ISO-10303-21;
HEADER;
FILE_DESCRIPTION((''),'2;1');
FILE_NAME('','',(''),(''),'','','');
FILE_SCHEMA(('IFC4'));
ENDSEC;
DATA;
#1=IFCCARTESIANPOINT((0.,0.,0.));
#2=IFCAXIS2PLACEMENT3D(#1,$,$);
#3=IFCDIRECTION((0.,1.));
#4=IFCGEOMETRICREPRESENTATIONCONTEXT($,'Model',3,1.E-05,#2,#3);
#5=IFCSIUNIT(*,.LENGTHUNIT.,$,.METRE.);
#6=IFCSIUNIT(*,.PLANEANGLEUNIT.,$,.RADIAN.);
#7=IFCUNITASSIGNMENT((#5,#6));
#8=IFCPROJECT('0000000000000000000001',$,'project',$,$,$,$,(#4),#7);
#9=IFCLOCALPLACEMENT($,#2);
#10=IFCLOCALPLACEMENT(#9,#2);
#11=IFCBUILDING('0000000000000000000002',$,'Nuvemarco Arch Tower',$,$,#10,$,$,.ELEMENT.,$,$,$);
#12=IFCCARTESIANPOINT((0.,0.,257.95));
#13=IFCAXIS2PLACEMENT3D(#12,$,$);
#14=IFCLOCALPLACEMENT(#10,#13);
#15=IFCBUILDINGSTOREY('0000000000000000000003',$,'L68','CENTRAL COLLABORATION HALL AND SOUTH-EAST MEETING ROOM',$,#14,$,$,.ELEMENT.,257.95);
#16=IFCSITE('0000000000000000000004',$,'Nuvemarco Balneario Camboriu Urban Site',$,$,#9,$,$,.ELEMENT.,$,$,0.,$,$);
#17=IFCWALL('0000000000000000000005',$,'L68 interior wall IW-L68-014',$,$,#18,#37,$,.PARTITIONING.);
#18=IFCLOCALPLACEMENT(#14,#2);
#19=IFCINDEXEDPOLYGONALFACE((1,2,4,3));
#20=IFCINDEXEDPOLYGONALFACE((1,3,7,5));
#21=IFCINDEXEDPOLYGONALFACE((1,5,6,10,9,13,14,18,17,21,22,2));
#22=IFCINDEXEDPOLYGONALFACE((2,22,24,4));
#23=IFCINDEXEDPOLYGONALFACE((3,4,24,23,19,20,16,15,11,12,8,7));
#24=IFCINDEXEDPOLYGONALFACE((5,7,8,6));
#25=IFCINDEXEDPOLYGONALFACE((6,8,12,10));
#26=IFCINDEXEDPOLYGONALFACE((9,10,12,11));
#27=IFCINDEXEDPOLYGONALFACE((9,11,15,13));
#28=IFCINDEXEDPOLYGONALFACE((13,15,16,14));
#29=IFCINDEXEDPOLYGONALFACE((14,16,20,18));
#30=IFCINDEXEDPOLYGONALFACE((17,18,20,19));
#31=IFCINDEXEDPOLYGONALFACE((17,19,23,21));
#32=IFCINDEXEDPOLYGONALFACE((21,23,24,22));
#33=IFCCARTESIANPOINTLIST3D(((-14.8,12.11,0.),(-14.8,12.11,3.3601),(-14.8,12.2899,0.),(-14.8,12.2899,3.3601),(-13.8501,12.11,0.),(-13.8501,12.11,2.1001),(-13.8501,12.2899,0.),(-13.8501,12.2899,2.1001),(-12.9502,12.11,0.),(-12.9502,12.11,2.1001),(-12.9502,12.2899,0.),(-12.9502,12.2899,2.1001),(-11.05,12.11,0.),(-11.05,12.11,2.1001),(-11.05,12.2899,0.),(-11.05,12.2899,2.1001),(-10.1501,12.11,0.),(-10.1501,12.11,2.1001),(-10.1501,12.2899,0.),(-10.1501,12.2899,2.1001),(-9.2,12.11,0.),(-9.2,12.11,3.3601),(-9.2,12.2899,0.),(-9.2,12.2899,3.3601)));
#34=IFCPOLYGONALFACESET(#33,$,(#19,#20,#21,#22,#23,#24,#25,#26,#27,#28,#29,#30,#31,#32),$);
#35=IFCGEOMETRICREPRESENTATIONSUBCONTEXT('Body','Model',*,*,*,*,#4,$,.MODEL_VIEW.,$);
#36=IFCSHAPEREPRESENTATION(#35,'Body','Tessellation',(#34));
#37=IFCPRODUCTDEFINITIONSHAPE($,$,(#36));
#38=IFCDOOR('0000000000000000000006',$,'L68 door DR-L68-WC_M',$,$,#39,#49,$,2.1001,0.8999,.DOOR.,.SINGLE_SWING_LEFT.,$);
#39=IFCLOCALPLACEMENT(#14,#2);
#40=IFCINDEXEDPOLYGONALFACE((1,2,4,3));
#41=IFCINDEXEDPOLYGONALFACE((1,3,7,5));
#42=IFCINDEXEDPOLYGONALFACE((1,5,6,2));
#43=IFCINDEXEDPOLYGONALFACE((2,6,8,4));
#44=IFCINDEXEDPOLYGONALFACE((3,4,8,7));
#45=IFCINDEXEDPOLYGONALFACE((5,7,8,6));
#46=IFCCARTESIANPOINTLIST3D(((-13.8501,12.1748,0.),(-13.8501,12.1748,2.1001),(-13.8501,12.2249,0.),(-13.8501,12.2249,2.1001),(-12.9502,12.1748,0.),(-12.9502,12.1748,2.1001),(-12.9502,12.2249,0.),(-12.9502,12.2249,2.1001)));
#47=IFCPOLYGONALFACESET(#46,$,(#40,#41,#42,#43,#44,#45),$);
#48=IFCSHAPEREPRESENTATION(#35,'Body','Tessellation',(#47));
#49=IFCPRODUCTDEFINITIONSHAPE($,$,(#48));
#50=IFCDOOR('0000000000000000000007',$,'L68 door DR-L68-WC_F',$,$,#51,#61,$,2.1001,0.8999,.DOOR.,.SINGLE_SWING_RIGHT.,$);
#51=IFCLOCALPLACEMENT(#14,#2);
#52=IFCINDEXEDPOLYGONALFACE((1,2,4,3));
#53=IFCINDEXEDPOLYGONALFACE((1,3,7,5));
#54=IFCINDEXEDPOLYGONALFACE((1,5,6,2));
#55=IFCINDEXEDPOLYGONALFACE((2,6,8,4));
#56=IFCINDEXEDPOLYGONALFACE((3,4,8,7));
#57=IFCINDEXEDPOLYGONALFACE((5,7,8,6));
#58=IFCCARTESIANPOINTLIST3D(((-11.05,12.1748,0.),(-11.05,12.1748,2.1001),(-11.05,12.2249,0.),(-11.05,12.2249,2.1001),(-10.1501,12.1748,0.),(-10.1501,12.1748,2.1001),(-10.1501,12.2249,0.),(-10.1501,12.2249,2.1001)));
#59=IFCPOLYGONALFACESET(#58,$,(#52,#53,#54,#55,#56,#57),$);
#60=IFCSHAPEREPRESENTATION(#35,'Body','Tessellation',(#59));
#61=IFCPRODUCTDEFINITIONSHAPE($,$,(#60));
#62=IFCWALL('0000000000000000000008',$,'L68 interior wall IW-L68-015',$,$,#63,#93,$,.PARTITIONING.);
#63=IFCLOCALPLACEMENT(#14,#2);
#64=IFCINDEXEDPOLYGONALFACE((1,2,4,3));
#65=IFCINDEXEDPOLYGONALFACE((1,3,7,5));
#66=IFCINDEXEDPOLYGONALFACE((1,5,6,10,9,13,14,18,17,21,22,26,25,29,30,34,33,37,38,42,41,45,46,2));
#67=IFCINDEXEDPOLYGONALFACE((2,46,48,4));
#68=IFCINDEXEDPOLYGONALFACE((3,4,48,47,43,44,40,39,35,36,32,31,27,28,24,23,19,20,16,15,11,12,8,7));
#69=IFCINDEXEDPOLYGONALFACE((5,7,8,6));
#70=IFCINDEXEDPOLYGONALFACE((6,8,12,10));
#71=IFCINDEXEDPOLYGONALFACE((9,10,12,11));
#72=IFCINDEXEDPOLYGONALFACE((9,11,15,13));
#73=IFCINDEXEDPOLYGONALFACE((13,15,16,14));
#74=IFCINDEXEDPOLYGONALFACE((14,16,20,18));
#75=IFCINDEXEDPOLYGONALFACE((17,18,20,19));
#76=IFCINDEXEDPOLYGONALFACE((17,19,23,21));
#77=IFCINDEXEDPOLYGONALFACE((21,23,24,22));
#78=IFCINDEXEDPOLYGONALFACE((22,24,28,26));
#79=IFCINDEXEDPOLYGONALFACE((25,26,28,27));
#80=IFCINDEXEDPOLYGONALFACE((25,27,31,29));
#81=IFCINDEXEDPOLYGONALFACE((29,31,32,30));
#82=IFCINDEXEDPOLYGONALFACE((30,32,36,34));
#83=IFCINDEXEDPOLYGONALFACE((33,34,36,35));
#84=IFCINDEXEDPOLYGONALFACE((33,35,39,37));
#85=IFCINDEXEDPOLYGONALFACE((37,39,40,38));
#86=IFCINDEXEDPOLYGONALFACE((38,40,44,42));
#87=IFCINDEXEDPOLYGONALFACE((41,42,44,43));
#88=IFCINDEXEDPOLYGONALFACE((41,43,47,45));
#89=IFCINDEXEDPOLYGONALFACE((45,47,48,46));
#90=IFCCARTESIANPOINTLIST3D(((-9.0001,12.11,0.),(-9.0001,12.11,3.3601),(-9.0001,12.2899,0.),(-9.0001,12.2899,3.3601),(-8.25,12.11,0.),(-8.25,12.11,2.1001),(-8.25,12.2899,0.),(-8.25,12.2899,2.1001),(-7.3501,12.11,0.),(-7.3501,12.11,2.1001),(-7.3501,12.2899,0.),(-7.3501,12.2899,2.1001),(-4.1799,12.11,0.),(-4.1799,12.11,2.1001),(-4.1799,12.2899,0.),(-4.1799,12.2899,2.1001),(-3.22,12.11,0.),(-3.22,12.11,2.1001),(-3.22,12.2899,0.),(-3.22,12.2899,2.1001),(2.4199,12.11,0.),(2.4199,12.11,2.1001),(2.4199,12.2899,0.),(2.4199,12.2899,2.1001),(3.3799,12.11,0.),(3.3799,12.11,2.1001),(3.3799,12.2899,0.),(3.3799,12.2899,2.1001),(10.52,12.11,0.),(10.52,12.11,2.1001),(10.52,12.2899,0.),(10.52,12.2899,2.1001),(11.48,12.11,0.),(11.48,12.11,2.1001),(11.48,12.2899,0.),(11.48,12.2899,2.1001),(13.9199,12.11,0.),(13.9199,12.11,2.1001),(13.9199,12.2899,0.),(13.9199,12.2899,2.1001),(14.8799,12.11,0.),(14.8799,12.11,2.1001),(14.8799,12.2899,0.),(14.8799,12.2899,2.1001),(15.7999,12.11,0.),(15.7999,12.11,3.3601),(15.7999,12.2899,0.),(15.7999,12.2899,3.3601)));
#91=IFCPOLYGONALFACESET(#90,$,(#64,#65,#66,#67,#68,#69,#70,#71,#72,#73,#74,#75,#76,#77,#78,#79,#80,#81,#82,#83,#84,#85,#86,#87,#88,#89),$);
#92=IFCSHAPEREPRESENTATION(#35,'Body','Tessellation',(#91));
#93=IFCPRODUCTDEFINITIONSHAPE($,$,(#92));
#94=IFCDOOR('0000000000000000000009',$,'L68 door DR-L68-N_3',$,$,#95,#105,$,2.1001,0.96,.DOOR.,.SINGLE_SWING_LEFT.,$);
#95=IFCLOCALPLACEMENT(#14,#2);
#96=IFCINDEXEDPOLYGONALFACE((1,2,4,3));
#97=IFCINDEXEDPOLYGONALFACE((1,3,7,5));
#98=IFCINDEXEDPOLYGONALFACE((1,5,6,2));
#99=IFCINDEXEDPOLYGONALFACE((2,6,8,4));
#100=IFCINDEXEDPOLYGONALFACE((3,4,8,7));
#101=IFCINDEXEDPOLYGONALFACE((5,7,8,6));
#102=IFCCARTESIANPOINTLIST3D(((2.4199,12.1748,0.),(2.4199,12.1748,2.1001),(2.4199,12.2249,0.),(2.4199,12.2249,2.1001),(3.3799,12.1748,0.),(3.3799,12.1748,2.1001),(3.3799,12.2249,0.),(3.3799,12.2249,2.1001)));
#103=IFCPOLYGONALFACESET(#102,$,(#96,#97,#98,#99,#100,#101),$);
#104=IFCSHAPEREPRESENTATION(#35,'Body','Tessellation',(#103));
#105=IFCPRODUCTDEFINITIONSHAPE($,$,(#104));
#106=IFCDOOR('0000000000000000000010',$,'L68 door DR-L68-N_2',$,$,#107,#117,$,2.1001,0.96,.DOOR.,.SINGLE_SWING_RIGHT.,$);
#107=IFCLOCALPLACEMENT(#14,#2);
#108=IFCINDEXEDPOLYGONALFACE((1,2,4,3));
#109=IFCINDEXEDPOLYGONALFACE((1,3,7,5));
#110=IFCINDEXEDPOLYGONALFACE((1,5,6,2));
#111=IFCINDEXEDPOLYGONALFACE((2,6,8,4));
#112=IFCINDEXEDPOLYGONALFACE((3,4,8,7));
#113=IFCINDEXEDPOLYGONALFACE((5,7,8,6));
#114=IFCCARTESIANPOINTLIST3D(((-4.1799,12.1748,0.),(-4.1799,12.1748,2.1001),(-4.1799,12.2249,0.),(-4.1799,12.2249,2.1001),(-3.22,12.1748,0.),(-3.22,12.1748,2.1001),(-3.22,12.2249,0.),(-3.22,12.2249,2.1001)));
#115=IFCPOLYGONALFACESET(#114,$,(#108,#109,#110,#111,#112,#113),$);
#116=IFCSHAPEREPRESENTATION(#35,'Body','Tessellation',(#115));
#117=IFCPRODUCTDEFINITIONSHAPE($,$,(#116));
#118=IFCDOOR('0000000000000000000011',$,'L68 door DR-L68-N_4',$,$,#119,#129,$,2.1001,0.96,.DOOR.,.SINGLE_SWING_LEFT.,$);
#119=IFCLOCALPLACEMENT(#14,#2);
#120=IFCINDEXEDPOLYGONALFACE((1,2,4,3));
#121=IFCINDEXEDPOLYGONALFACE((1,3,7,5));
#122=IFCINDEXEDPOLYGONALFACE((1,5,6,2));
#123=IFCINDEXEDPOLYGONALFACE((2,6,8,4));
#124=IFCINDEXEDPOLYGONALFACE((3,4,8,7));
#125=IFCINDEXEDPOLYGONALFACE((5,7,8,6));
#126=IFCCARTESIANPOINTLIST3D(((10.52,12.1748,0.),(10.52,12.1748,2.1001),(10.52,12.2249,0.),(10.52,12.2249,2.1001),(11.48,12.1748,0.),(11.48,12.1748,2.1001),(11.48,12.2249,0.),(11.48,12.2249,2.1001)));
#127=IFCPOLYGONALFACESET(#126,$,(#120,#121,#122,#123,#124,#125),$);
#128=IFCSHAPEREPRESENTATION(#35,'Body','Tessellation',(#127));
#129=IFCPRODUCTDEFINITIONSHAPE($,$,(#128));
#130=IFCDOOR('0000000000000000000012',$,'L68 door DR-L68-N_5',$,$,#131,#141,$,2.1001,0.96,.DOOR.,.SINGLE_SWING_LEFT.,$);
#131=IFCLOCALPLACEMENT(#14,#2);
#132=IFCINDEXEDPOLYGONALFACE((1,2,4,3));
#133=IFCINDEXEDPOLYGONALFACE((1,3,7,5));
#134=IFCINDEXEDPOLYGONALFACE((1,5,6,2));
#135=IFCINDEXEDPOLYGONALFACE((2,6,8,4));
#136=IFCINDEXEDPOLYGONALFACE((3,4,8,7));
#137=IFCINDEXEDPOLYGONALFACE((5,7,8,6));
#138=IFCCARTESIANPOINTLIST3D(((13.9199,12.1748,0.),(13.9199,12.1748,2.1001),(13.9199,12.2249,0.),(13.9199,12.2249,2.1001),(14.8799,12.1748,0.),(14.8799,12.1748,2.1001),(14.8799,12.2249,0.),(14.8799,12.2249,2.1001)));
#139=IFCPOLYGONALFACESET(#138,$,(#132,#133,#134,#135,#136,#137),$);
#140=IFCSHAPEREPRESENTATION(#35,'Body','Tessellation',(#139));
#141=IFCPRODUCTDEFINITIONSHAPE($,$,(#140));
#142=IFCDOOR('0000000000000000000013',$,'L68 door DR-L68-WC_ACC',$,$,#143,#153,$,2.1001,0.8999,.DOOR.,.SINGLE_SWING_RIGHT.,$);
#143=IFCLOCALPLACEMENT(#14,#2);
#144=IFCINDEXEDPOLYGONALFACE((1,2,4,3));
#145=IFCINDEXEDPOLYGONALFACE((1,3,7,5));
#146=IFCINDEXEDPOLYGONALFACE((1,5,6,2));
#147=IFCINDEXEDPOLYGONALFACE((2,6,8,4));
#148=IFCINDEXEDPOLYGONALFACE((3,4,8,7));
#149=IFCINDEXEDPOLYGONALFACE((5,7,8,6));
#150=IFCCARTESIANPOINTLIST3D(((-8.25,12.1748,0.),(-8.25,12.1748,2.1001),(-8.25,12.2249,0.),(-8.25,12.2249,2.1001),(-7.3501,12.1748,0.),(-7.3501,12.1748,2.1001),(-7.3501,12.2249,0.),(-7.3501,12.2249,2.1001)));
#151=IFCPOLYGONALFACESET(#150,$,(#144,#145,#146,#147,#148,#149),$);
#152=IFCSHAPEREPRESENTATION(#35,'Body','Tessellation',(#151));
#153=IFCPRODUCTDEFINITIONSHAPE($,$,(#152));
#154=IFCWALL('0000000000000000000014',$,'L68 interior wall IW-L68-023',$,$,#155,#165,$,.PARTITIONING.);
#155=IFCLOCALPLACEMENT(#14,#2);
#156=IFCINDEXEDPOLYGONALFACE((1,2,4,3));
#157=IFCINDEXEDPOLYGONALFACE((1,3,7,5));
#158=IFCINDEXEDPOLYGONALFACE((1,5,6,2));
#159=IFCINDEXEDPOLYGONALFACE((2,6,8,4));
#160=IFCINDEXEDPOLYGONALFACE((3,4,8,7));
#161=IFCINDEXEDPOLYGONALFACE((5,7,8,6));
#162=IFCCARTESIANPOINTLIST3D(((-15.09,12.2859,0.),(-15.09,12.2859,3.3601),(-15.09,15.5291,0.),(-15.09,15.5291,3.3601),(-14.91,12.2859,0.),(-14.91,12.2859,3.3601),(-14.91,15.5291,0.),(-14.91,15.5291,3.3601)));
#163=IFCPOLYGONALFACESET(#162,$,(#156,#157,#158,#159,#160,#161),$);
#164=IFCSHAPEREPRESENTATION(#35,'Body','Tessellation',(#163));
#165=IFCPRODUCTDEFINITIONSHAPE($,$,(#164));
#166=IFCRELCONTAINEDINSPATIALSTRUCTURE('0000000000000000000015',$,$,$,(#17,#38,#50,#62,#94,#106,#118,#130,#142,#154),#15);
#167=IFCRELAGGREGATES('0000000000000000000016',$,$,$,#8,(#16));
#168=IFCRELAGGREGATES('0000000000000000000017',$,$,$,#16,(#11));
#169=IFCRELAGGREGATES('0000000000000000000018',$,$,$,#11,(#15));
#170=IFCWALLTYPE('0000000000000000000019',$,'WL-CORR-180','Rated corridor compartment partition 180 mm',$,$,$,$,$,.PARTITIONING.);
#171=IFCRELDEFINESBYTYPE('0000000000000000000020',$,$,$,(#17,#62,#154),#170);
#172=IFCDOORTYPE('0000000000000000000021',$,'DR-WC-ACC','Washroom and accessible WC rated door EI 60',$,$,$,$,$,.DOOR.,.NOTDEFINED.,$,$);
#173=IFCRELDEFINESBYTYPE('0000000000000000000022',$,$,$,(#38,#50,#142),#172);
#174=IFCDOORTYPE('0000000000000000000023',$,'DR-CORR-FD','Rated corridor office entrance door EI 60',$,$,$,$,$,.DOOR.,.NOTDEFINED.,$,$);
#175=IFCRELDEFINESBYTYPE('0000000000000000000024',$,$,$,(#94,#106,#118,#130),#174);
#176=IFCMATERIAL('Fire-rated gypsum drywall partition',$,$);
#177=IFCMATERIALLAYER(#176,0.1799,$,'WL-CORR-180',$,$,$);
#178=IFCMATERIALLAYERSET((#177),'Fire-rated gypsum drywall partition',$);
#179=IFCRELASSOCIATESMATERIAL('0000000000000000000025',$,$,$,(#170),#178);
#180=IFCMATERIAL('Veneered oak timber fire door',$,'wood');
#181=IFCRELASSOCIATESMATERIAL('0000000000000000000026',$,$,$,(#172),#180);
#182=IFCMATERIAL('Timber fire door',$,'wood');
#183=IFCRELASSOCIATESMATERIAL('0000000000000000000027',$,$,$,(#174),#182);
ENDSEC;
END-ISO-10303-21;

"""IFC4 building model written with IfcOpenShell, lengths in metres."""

from ifc_helpers import new_model, si_unit, direction, frame, frame_2d, origin, place, context, subcontext, project, spatial, rectangle, extrude, source, transform, mapped, material, layer, layer_set, type_object, type_shapes, element, fill, save


model = new_model("IFC4")

# Units and contexts
model_context = context("Model", 3, precision=1e-05, world=origin(), true_north=direction((0.0, 1.0)))
body_context = subcontext(model_context, "Body", "Model", "MODEL_VIEW")
ifc_project = project(units=[si_unit("LENGTHUNIT", "METRE"), si_unit("PLANEANGLEUNIT", "RADIAN")], contexts=[model_context])

# Site, building, storey
site_placement = place(None, origin())
site = spatial("IfcSite", under=ifc_project, at=site_placement, Name="Nuvemarco Balneario Camboriu Urban Site", CompositionType="ELEMENT", RefElevation=0.0)
building_placement = place(site_placement, origin())
building = spatial("IfcBuilding", under=site, at=building_placement, Name="Nuvemarco Arch Tower", CompositionType="ELEMENT")
storey_placement = place(building_placement, frame((0.0, 0.0, 257.95)))
storey = spatial("IfcBuildingStorey", under=building, at=storey_placement, Name="L68", Description="CENTRAL COLLABORATION HALL AND SOUTH-EAST MEETING ROOM", CompositionType="ELEMENT", Elevation=257.95)

# Shared definitions
ifc_material_1 = material(Name="Fire-rated gypsum drywall partition")
ifc_layer_1 = layer(ifc_material_1, 0.1799, Name="WL-CORR-180")
ifc_layer_set_1 = layer_set([ifc_layer_1], Name="Fire-rated gypsum drywall partition")
wall_type_1 = type_object("IfcWallType", Name="WL-CORR-180", Description="Rated corridor compartment partition 180 mm", PredefinedType="PARTITIONING", material=ifc_layer_set_1)

# Walls, openings, doors
wall_1_placement = place(storey_placement, frame((-14.8, 12.2, 0.0), z_axis=(0.0, 0.0, 1.0), x_axis=(1.0, 0.0, 0.0)))
wall_1 = element("IfcWall", 1, at=wall_1_placement, inside=storey, type_object=wall_type_1, Name="L68 interior wall IW-L68-014", PredefinedType="PARTITIONING", context=body_context, shape_type="SweptSolid", body=[
    extrude(rectangle(XDim=5.6001, YDim=0.1799, at=frame_2d((2.8, 0.0))), origin(), (0.0, 0.0, 1.0), 3.3601),
])
opening_1_placement = place(wall_1_placement, frame((0.95, 0.0, 0.0)))
opening_1 = element("IfcOpeningElement", 2, at=opening_1_placement, cuts=wall_1, PredefinedType="OPENING", context=body_context, shape_type="SweptSolid", body=[
    extrude(rectangle(XDim=0.8999, YDim=2.1001, at=frame_2d((0.45, 1.05))), frame((0.0, 0.0999, 0.0), z_axis=(0.0, -1.0, 0.0), x_axis=(1.0, 0.0, 0.0)), (0.0, 0.0, 1.0), 0.2),
])
opening_2_placement = place(wall_1_placement, frame((3.75, 0.0, 0.0)))
opening_2 = element("IfcOpeningElement", 3, at=opening_2_placement, cuts=wall_1, PredefinedType="OPENING", context=body_context, shape_type="SweptSolid", body=[
    extrude(rectangle(XDim=0.8999, YDim=2.1001, at=frame_2d((0.45, 1.05))), frame((0.0, 0.0999, 0.0), z_axis=(0.0, -1.0, 0.0), x_axis=(1.0, 0.0, 0.0)), (0.0, 0.0, 1.0), 0.2),
])
ifc_material_2 = material(Name="Veneered oak timber fire door", Category="wood")
door_type_1 = type_object("IfcDoorType", Name="DR-WC-ACC", Description="Washroom and accessible WC rated door EI 60", OperationType="NOTDEFINED", PredefinedType="DOOR", material=ifc_material_2)
shared_shape_1 = source(origin(), body_context, "Body", "SweptSolid", [
    extrude(rectangle(XDim=0.8999, YDim=2.1001, at=frame_2d((0.45, 1.05))), frame((0.0, 0.0249, 0.0), z_axis=(0.0, -1.0, 0.0), x_axis=(1.0, 0.0, 0.0)), (0.0, 0.0, 1.0), 0.05),
])
type_shapes(door_type_1, [shared_shape_1])
door_1_placement = place(opening_1_placement, origin())
door_1 = element("IfcDoor", 4, at=door_1_placement, inside=storey, type_object=door_type_1, Name="L68 door DR-L68-WC_M", OperationType="SINGLE_SWING_LEFT", OverallHeight=2.1001, OverallWidth=0.8999, PredefinedType="DOOR", context=body_context, shape_type="MappedRepresentation", body=[
    mapped(shared_shape_1, transform((0.0, 0.0, 0.0), scale=1.0)),
])
fill(opening_1, door_1)
door_2_placement = place(opening_2_placement, origin())
door_2 = element("IfcDoor", 5, at=door_2_placement, inside=storey, type_object=door_type_1, Name="L68 door DR-L68-WC_F", OperationType="SINGLE_SWING_RIGHT", OverallHeight=2.1001, OverallWidth=0.8999, PredefinedType="DOOR", context=body_context, shape_type="MappedRepresentation", body=[
    mapped(shared_shape_1, transform((0.0, 0.0, 0.0), scale=1.0)),
])
fill(opening_2, door_2)
wall_2_placement = place(storey_placement, frame((-9.0, 12.2, 0.0), z_axis=(0.0, 0.0, 1.0), x_axis=(1.0, 0.0, 0.0)))
wall_2 = element("IfcWall", 6, at=wall_2_placement, inside=storey, type_object=wall_type_1, Name="L68 interior wall IW-L68-015", PredefinedType="PARTITIONING", context=body_context, shape_type="SweptSolid", body=[
    extrude(rectangle(XDim=24.8, YDim=0.1799, at=frame_2d((12.3999, 0.0))), origin(), (0.0, 0.0, 1.0), 3.3601),
])
opening_3_placement = place(wall_2_placement, frame((11.4199, 0.0, 0.0)))
opening_3 = element("IfcOpeningElement", 7, at=opening_3_placement, cuts=wall_2, PredefinedType="OPENING", context=body_context, shape_type="SweptSolid", body=[
    extrude(rectangle(XDim=0.96, YDim=2.1001, at=frame_2d((0.48, 1.05))), frame((0.0, 0.0999, 0.0), z_axis=(0.0, -1.0, 0.0), x_axis=(1.0, 0.0, 0.0)), (0.0, 0.0, 1.0), 0.2),
])
opening_4_placement = place(wall_2_placement, frame((4.8201, 0.0, 0.0)))
opening_4 = element("IfcOpeningElement", 8, at=opening_4_placement, cuts=wall_2, PredefinedType="OPENING", context=body_context, shape_type="SweptSolid", body=[
    extrude(rectangle(XDim=0.96, YDim=2.1001, at=frame_2d((0.48, 1.05))), frame((0.0, 0.0999, 0.0), z_axis=(0.0, -1.0, 0.0), x_axis=(1.0, 0.0, 0.0)), (0.0, 0.0, 1.0), 0.2),
])
opening_5_placement = place(wall_2_placement, frame((19.52, 0.0, 0.0)))
opening_5 = element("IfcOpeningElement", 9, at=opening_5_placement, cuts=wall_2, PredefinedType="OPENING", context=body_context, shape_type="SweptSolid", body=[
    extrude(rectangle(XDim=0.96, YDim=2.1001, at=frame_2d((0.48, 1.05))), frame((0.0, 0.0999, 0.0), z_axis=(0.0, -1.0, 0.0), x_axis=(1.0, 0.0, 0.0)), (0.0, 0.0, 1.0), 0.2),
])
opening_6_placement = place(wall_2_placement, frame((22.9199, 0.0, 0.0)))
opening_6 = element("IfcOpeningElement", 10, at=opening_6_placement, cuts=wall_2, PredefinedType="OPENING", context=body_context, shape_type="SweptSolid", body=[
    extrude(rectangle(XDim=0.96, YDim=2.1001, at=frame_2d((0.48, 1.05))), frame((0.0, 0.0999, 0.0), z_axis=(0.0, -1.0, 0.0), x_axis=(1.0, 0.0, 0.0)), (0.0, 0.0, 1.0), 0.2),
])
opening_7_placement = place(wall_2_placement, frame((0.75, 0.0, 0.0)))
opening_7 = element("IfcOpeningElement", 11, at=opening_7_placement, cuts=wall_2, PredefinedType="OPENING", context=body_context, shape_type="SweptSolid", body=[
    extrude(rectangle(XDim=0.8999, YDim=2.1001, at=frame_2d((0.45, 1.05))), frame((0.0, 0.0999, 0.0), z_axis=(0.0, -1.0, 0.0), x_axis=(1.0, 0.0, 0.0)), (0.0, 0.0, 1.0), 0.2),
])
ifc_material_3 = material(Name="Timber fire door", Category="wood")
door_type_2 = type_object("IfcDoorType", Name="DR-CORR-FD", Description="Rated corridor office entrance door EI 60", OperationType="NOTDEFINED", PredefinedType="DOOR", material=ifc_material_3)
shared_shape_2 = source(origin(), body_context, "Body", "SweptSolid", [
    extrude(rectangle(XDim=0.96, YDim=2.1001, at=frame_2d((0.48, 1.05))), frame((0.0, 0.0249, 0.0), z_axis=(0.0, -1.0, 0.0), x_axis=(1.0, 0.0, 0.0)), (0.0, 0.0, 1.0), 0.05),
])
type_shapes(door_type_2, [shared_shape_2])
door_3_placement = place(opening_3_placement, origin())
door_3 = element("IfcDoor", 12, at=door_3_placement, inside=storey, type_object=door_type_2, Name="L68 door DR-L68-N_3", OperationType="SINGLE_SWING_LEFT", OverallHeight=2.1001, OverallWidth=0.96, PredefinedType="DOOR", context=body_context, shape_type="MappedRepresentation", body=[
    mapped(shared_shape_2, transform((0.0, 0.0, 0.0), scale=1.0)),
])
fill(opening_3, door_3)
door_4_placement = place(opening_4_placement, origin())
door_4 = element("IfcDoor", 13, at=door_4_placement, inside=storey, type_object=door_type_2, Name="L68 door DR-L68-N_2", OperationType="SINGLE_SWING_RIGHT", OverallHeight=2.1001, OverallWidth=0.96, PredefinedType="DOOR", context=body_context, shape_type="MappedRepresentation", body=[
    mapped(shared_shape_2, transform((0.0, 0.0, 0.0), scale=1.0)),
])
fill(opening_4, door_4)
door_5_placement = place(opening_5_placement, origin())
door_5 = element("IfcDoor", 14, at=door_5_placement, inside=storey, type_object=door_type_2, Name="L68 door DR-L68-N_4", OperationType="SINGLE_SWING_LEFT", OverallHeight=2.1001, OverallWidth=0.96, PredefinedType="DOOR", context=body_context, shape_type="MappedRepresentation", body=[
    mapped(shared_shape_2, transform((0.0, 0.0, 0.0), scale=1.0)),
])
fill(opening_5, door_5)
door_6_placement = place(opening_6_placement, origin())
door_6 = element("IfcDoor", 15, at=door_6_placement, inside=storey, type_object=door_type_2, Name="L68 door DR-L68-N_5", OperationType="SINGLE_SWING_LEFT", OverallHeight=2.1001, OverallWidth=0.96, PredefinedType="DOOR", context=body_context, shape_type="MappedRepresentation", body=[
    mapped(shared_shape_2, transform((0.0, 0.0, 0.0), scale=1.0)),
])
fill(opening_6, door_6)
door_7_placement = place(opening_7_placement, origin())
door_7 = element("IfcDoor", 16, at=door_7_placement, inside=storey, type_object=door_type_1, Name="L68 door DR-L68-WC_ACC", OperationType="SINGLE_SWING_RIGHT", OverallHeight=2.1001, OverallWidth=0.8999, PredefinedType="DOOR", context=body_context, shape_type="MappedRepresentation", body=[
    mapped(shared_shape_1, transform((0.0, 0.0, 0.0), scale=1.0)),
])
fill(opening_7, door_7)

# Wall
wall_3_placement = place(storey_placement, frame((-15.0, 12.2859, 0.0), z_axis=(0.0, 0.0, 1.0), x_axis=(0.0, 1.0, 0.0)))
element("IfcWall", 17, at=wall_3_placement, inside=storey, type_object=wall_type_1, Name="L68 interior wall IW-L68-023", PredefinedType="PARTITIONING", context=body_context, shape_type="SweptSolid", body=[
    extrude(rectangle(XDim=3.2432, YDim=0.1799, at=frame_2d((1.6216, 0.0))), origin(), (0.0, 0.0, 1.0), 3.3601),
])

save(model, "model.ifc")
